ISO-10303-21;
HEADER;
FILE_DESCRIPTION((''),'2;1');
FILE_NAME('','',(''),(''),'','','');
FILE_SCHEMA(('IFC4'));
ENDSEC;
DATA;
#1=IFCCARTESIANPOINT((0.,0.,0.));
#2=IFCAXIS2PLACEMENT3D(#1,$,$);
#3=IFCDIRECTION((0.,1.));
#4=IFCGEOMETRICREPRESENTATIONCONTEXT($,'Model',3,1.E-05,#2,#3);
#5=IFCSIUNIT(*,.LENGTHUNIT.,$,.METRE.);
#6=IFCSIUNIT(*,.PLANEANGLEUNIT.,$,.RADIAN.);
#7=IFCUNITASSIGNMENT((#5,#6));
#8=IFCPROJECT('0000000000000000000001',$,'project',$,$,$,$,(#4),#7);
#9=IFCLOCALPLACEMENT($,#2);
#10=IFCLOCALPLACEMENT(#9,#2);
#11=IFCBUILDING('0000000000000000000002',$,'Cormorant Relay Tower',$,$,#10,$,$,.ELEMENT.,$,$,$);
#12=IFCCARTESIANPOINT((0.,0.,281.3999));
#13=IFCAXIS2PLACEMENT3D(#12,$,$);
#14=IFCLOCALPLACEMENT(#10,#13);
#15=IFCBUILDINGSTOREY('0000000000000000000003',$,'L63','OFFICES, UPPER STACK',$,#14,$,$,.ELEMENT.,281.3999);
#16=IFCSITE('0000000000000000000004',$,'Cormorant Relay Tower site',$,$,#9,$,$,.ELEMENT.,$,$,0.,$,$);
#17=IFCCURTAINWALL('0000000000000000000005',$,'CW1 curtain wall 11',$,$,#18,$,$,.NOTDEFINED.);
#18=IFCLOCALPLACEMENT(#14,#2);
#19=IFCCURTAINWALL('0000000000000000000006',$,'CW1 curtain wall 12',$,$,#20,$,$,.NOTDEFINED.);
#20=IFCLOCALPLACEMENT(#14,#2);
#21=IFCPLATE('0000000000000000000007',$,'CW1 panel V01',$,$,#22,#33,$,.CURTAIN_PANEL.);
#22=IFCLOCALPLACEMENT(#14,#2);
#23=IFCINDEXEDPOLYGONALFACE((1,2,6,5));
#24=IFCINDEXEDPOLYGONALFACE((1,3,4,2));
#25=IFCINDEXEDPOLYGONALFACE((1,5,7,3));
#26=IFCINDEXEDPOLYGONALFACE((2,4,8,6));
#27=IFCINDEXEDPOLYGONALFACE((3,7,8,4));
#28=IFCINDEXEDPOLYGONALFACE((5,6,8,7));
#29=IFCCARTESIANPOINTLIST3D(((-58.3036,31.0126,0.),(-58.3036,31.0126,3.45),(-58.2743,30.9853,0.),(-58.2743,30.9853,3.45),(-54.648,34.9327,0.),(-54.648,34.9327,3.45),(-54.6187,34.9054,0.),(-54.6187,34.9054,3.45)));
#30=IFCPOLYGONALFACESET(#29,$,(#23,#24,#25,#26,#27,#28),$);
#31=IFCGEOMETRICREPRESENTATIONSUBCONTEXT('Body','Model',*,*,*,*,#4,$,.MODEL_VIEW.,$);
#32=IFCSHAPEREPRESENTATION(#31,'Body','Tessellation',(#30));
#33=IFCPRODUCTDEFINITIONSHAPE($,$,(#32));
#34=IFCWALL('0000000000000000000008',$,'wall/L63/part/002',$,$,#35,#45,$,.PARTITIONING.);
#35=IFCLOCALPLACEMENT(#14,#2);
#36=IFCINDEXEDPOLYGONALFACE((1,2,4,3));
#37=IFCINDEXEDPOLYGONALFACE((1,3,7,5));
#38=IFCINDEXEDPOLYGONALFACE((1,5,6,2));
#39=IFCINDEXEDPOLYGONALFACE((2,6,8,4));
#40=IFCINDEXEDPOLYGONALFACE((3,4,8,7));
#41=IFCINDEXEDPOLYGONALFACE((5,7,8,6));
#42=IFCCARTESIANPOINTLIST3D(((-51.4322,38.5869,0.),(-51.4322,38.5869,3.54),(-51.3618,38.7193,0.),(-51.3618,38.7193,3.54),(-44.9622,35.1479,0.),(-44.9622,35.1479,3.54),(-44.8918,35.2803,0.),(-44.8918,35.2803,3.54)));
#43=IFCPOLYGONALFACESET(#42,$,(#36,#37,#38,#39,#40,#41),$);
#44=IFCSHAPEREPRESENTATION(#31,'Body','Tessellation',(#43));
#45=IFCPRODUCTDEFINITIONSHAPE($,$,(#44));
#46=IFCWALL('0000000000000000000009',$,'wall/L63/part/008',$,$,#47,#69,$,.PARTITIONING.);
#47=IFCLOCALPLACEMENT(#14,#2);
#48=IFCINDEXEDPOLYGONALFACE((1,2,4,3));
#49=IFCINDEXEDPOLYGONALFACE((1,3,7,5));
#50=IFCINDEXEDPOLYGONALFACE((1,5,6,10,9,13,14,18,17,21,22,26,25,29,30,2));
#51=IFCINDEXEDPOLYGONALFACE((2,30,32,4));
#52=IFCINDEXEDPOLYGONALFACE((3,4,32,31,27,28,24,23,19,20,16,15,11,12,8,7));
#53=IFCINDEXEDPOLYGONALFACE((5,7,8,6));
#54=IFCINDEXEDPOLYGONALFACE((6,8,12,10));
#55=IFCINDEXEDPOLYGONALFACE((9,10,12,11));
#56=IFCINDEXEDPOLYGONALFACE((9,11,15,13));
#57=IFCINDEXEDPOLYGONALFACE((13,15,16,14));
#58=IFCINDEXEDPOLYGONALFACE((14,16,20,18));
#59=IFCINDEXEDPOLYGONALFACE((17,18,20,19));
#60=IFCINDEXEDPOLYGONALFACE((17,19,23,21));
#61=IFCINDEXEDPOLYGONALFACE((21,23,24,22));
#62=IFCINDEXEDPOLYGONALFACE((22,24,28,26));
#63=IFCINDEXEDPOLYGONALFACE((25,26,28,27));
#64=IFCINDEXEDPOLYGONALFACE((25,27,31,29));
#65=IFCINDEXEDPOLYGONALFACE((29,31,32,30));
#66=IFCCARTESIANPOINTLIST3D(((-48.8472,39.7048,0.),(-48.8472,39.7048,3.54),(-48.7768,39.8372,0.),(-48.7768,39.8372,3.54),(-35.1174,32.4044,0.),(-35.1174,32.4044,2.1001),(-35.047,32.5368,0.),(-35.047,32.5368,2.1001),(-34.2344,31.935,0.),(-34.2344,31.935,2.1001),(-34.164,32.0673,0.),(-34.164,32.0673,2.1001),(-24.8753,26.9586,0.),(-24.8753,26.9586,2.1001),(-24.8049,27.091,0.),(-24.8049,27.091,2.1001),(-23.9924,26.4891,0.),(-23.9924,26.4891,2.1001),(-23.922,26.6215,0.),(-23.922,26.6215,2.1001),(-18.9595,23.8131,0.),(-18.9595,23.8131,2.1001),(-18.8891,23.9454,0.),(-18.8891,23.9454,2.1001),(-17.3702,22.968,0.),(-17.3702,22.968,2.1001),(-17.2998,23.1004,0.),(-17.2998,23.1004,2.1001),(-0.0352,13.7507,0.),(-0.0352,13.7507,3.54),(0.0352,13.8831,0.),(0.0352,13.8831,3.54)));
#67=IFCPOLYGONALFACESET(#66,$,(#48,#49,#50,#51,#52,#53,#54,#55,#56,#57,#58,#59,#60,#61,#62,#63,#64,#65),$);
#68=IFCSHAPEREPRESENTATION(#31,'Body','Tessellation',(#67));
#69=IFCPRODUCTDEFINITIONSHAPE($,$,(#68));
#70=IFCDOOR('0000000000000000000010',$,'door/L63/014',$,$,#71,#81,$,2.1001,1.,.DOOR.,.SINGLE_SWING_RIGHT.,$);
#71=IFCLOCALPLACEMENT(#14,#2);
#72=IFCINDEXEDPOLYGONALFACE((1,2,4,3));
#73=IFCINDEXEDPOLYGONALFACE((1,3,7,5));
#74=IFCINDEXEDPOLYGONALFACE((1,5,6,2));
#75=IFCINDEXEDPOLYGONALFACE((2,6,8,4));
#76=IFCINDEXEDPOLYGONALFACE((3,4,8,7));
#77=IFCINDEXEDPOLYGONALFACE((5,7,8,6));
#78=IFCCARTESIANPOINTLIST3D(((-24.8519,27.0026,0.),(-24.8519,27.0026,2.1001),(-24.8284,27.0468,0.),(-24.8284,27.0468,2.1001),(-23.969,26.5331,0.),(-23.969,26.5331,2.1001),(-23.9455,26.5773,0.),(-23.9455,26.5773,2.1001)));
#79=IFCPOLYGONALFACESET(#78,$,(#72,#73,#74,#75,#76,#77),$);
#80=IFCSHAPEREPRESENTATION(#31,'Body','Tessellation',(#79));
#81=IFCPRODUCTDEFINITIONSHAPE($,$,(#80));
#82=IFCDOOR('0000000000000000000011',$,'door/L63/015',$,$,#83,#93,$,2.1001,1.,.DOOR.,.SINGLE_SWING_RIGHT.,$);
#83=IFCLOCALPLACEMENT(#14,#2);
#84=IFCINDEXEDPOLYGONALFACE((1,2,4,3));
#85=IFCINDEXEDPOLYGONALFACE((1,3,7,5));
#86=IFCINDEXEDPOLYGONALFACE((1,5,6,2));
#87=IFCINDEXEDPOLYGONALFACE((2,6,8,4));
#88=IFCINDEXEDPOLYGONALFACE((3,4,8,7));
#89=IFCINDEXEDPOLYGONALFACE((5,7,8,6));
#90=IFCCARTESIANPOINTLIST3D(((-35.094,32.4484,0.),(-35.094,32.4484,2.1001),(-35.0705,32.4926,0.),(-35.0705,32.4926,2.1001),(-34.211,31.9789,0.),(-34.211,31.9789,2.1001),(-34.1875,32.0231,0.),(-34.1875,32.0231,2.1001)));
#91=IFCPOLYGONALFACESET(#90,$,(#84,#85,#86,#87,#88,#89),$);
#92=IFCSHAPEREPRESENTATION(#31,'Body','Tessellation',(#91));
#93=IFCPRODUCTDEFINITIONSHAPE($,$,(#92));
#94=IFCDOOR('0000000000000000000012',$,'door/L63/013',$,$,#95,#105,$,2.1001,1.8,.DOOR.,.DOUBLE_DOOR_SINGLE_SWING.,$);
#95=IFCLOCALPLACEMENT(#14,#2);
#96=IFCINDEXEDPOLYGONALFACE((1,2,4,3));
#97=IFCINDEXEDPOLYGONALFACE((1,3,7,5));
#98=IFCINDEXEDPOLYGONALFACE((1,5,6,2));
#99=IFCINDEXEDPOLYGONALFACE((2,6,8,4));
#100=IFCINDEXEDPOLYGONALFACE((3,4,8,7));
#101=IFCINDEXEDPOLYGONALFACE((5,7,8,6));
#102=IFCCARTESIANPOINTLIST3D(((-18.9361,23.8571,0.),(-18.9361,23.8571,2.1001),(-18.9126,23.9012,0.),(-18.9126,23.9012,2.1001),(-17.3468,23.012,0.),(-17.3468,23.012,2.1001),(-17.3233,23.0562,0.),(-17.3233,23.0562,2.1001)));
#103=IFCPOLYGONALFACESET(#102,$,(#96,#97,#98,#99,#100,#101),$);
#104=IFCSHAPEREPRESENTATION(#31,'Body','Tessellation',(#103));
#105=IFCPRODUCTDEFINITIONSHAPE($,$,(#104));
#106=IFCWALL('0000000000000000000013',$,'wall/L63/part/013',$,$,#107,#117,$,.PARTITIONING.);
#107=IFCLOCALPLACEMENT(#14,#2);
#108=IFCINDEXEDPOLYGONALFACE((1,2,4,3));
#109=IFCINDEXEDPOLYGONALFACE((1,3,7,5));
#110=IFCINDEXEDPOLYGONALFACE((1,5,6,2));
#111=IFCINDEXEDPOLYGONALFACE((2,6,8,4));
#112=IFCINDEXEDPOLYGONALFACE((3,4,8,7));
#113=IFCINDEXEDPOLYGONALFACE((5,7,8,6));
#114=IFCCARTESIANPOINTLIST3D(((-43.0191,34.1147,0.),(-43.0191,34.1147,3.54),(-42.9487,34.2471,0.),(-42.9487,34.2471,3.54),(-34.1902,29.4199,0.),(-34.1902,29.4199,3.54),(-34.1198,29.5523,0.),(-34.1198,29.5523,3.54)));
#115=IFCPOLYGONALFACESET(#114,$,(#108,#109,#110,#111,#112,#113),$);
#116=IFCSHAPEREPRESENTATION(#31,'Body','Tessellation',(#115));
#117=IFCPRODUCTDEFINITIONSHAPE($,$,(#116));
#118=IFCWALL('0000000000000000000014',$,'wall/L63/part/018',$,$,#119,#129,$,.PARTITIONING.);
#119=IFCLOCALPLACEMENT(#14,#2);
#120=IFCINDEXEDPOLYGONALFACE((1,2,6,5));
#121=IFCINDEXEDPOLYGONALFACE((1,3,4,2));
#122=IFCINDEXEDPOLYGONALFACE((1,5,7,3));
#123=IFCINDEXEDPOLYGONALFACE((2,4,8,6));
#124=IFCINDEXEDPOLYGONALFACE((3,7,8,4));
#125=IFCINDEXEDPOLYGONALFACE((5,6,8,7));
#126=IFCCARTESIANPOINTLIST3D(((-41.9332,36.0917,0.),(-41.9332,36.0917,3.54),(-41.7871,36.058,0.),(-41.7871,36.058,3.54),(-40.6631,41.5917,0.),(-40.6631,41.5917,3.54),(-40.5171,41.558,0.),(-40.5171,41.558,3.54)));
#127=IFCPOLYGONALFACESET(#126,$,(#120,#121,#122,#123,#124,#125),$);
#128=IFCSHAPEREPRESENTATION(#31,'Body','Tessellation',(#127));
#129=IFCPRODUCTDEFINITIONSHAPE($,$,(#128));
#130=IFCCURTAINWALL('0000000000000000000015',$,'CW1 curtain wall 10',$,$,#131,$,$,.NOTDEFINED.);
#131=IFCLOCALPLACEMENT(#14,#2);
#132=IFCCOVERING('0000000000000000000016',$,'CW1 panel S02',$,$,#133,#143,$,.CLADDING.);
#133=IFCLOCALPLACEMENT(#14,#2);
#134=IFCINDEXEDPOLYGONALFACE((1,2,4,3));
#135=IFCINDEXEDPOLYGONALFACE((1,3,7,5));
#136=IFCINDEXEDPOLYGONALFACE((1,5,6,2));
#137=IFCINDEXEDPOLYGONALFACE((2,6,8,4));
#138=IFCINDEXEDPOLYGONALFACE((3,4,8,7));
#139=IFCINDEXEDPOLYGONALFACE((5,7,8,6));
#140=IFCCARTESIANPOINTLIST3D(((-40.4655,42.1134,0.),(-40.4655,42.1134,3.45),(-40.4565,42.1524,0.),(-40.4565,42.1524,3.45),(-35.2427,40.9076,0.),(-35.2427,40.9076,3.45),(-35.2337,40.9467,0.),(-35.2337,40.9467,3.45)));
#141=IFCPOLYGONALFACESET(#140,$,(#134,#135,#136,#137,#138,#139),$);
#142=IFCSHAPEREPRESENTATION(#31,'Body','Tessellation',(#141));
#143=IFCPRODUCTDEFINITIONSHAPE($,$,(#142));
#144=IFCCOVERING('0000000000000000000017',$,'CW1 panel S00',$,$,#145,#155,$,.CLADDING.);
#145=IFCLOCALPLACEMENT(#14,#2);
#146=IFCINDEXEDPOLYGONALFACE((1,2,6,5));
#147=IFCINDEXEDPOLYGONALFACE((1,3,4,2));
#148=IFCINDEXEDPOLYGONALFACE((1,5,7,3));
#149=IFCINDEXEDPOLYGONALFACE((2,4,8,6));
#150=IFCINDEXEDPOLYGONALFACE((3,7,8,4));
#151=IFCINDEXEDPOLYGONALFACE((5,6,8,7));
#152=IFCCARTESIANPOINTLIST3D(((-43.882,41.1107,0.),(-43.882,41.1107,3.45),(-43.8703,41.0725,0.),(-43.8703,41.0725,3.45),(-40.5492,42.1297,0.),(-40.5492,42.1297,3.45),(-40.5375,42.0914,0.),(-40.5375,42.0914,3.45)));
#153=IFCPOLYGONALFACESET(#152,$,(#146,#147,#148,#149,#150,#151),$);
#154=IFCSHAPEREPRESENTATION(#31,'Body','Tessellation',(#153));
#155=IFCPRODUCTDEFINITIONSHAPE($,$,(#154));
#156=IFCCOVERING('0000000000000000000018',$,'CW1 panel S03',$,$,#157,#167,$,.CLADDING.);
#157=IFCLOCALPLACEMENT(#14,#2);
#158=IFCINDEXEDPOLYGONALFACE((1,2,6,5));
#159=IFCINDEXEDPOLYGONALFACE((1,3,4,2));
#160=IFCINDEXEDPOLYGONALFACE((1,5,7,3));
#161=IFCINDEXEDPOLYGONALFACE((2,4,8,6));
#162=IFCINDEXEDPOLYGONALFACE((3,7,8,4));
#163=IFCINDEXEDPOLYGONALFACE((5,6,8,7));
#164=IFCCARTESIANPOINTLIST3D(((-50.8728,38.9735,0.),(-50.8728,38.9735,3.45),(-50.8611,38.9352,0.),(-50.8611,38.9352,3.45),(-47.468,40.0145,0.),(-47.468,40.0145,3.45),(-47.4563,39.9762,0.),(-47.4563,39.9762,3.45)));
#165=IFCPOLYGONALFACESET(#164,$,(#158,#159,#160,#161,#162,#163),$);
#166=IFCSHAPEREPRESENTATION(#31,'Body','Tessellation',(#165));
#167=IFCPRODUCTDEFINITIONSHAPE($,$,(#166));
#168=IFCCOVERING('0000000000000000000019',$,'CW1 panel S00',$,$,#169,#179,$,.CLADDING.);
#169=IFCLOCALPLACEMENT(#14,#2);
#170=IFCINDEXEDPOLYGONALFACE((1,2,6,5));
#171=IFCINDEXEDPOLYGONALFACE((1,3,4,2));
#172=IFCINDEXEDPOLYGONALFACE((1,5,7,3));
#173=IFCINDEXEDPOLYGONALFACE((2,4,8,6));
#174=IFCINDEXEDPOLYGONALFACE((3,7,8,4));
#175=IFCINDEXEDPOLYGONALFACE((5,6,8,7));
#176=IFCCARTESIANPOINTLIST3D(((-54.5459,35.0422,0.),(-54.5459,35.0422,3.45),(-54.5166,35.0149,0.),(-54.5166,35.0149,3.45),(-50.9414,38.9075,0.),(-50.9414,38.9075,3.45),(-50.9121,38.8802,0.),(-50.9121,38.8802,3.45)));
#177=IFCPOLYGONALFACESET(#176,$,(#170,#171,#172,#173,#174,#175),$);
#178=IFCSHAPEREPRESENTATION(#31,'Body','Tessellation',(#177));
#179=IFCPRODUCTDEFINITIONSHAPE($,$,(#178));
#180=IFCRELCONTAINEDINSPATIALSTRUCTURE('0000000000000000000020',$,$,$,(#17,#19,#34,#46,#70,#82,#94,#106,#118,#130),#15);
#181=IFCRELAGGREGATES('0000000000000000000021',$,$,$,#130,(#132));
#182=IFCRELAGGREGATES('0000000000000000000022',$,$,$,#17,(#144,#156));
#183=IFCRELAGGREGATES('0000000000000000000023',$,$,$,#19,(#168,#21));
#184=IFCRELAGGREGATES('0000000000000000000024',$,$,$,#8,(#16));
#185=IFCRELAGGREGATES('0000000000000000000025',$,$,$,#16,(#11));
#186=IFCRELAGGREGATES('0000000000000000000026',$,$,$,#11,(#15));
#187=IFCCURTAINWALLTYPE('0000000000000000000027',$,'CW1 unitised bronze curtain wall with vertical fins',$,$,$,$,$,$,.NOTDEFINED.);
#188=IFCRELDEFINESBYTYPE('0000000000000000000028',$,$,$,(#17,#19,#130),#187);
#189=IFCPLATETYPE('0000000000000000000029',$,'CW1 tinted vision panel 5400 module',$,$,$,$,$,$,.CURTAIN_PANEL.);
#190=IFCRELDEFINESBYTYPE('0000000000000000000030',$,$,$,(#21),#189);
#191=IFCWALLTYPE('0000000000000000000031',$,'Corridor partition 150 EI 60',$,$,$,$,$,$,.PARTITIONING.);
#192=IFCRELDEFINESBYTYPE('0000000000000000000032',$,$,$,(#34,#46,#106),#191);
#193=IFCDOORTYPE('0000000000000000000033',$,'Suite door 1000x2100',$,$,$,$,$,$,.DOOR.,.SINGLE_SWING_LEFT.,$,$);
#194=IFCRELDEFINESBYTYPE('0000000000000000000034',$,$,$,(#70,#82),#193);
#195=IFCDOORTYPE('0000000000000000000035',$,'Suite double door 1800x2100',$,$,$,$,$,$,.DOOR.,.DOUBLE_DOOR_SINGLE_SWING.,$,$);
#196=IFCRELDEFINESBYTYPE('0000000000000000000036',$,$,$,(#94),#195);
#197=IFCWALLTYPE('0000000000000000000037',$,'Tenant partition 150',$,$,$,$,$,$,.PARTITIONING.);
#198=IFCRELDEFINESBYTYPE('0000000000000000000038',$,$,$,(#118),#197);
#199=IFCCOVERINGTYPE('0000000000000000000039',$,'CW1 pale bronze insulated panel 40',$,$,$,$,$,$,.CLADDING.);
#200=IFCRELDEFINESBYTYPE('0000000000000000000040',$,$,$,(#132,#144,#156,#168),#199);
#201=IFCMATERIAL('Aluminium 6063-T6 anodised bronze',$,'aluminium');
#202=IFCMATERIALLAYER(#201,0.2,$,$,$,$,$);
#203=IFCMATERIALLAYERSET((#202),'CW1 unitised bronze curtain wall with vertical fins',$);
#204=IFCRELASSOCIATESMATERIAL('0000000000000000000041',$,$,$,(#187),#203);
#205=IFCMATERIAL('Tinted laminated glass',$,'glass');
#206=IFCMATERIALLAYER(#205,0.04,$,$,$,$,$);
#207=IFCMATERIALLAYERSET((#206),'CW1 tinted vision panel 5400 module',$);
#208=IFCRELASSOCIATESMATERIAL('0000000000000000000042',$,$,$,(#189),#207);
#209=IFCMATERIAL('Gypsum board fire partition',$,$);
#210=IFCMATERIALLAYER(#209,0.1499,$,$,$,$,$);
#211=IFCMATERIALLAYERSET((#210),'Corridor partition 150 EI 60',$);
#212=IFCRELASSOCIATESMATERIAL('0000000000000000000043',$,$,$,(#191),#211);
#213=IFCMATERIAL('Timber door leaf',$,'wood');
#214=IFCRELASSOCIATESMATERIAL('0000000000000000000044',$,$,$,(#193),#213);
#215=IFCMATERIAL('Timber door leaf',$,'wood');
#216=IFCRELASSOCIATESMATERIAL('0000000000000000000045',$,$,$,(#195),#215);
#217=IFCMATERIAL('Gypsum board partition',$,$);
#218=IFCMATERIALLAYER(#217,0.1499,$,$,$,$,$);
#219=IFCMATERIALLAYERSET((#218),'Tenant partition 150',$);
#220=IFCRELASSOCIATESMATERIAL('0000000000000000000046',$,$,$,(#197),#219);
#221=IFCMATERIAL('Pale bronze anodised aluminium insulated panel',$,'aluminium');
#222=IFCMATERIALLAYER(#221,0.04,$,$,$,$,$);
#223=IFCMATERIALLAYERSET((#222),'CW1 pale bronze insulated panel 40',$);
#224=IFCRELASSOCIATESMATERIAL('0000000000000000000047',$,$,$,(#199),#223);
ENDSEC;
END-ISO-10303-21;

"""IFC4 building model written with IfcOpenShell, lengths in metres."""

from ifc_helpers import new_model, si_unit, direction, frame, frame_2d, origin, origin_2d, place, context, subcontext, project, spatial, rectangle, extrude, material, layer, layer_set, type_object, element, fill, aggregate, save


model = new_model("IFC4")

# Units and contexts
model_context = context("Model", 3, precision=1e-05, world=origin(), true_north=direction((0.0, 1.0)))
body_context = subcontext(model_context, "Body", "Model", "MODEL_VIEW")
ifc_project = project(units=[si_unit("LENGTHUNIT", "METRE"), si_unit("PLANEANGLEUNIT", "RADIAN")], contexts=[model_context])

# Site, building, storey
site_placement = place(None, origin())
site = spatial("IfcSite", under=ifc_project, at=site_placement, Name="Cormorant Relay Tower site", CompositionType="ELEMENT", RefElevation=0.0)
building_placement = place(site_placement, origin())
building = spatial("IfcBuilding", under=site, at=building_placement, Name="Cormorant Relay Tower", CompositionType="ELEMENT")
storey_placement = place(building_placement, frame((0.0, 0.0, 281.3999)))
storey = spatial("IfcBuildingStorey", under=building, at=storey_placement, Name="L63", Description="OFFICES, UPPER STACK", CompositionType="ELEMENT", Elevation=281.3999)

# Curtain walls
ifc_material_1 = material(Name="Aluminium 6063-T6 anodised bronze", Category="aluminium")
ifc_layer_1 = layer(ifc_material_1, 0.2)
ifc_layer_set_1 = layer_set([ifc_layer_1], Name="CW1 unitised bronze curtain wall with vertical fins")
curtain_wall_type = type_object("IfcCurtainWallType", Name="CW1 unitised bronze curtain wall with vertical fins", PredefinedType="NOTDEFINED", material=ifc_layer_set_1)
curtain_wall_1_placement = place(storey_placement, origin())
curtain_wall_1 = element("IfcCurtainWall", 1, at=curtain_wall_1_placement, inside=storey, type_object=curtain_wall_type, Name="CW1 curtain wall 11", PredefinedType="NOTDEFINED")
curtain_wall_2_placement = place(storey_placement, origin())
curtain_wall_2 = element("IfcCurtainWall", 2, at=curtain_wall_2_placement, inside=storey, type_object=curtain_wall_type, Name="CW1 curtain wall 12", PredefinedType="NOTDEFINED")

# Plate
ifc_material_2 = material(Name="Tinted laminated glass", Category="glass")
ifc_layer_2 = layer(ifc_material_2, 0.04)
ifc_layer_set_2 = layer_set([ifc_layer_2], Name="CW1 tinted vision panel 5400 module")
plate_type_1 = type_object("IfcPlateType", Name="CW1 tinted vision panel 5400 module", PredefinedType="CURTAIN_PANEL", material=ifc_layer_set_2)
plate_1_placement = place(storey_placement, frame((-56.4612, 32.959, 0.0), z_axis=(0.0, 0.0, 1.0), x_axis=(-0.681998, -0.731354, 0.0)))
plate_1 = element("IfcPlate", 3, at=plate_1_placement, type_object=plate_type_1, Name="CW1 panel V01", PredefinedType="CURTAIN_PANEL", context=body_context, shape_type="SweptSolid", body=[
    extrude(rectangle(XDim=5.3601, YDim=0.04, at=origin_2d()), origin(), (0.0, 0.0, 1.0), 3.45),
])

# Wall
ifc_material_3 = material(Name="Gypsum board fire partition")
ifc_layer_3 = layer(ifc_material_3, 0.1499)
ifc_layer_set_3 = layer_set([ifc_layer_3], Name="Corridor partition 150 EI 60")
wall_type_1 = type_object("IfcWallType", Name="Corridor partition 150 EI 60", PredefinedType="PARTITIONING", material=ifc_layer_set_3)
wall_1_placement = place(storey_placement, frame((-44.927, 35.2141, 0.0), z_axis=(0.0, 0.0, 1.0), x_axis=(-0.883014, 0.469346, 0.0)))
element("IfcWall", 4, at=wall_1_placement, inside=storey, type_object=wall_type_1, Name="wall/L63/part/002", PredefinedType="PARTITIONING", context=body_context, shape_type="SweptSolid", body=[
    extrude(rectangle(XDim=7.3271, YDim=0.1499, at=frame_2d((3.6636, 0.0))), origin(), (0.0, 0.0, 1.0), 3.54),
])

# Wall, openings, doors
wall_2_placement = place(storey_placement, frame((-48.812, 39.771, 0.0), z_axis=(0.0, 0.0, 1.0), x_axis=(0.882945, -0.469476, 0.0)))
wall_2 = element("IfcWall", 5, at=wall_2_placement, inside=storey, type_object=wall_type_1, Name="wall/L63/part/008", PredefinedType="PARTITIONING", context=body_context, shape_type="SweptSolid", body=[
    extrude(rectangle(XDim=55.2832, YDim=0.1499, at=frame_2d((27.6416, 0.0))), origin(), (0.0, 0.0, 1.0), 3.54),
])
opening_1_placement = place(wall_2_placement, frame((33.8501, 0.0, 0.0)))
opening_1 = element("IfcOpeningElement", 6, at=opening_1_placement, cuts=wall_2, PredefinedType="OPENING", context=body_context, shape_type="SweptSolid", body=[
    extrude(rectangle(XDim=1.8, YDim=2.1001, at=frame_2d((0.8999, 1.05))), frame((0.0, 0.085, 0.0), z_axis=(0.0, -1.0, 0.0), x_axis=(1.0, 0.0, 0.0)), (0.0, 0.0, 1.0), 0.1699),
])
opening_2_placement = place(wall_2_placement, frame((27.1499, 0.0, 0.0)))
opening_2 = element("IfcOpeningElement", 7, at=opening_2_placement, cuts=wall_2, PredefinedType="OPENING", context=body_context, shape_type="SweptSolid", body=[
    extrude(rectangle(XDim=1.0, YDim=2.1001, at=frame_2d((0.5, 1.05))), frame((0.0, 0.085, 0.0), z_axis=(0.0, -1.0, 0.0), x_axis=(1.0, 0.0, 0.0)), (0.0, 0.0, 1.0), 0.1699),
])
opening_3_placement = place(wall_2_placement, frame((15.55, 0.0, 0.0)))
opening_3 = element("IfcOpeningElement", 8, at=opening_3_placement, cuts=wall_2, PredefinedType="OPENING", context=body_context, shape_type="SweptSolid", body=[
    extrude(rectangle(XDim=1.0, YDim=2.1001, at=frame_2d((0.5, 1.05))), frame((0.0, 0.085, 0.0), z_axis=(0.0, -1.0, 0.0), x_axis=(1.0, 0.0, 0.0)), (0.0, 0.0, 1.0), 0.1699),
])
ifc_material_4 = material(Name="Timber door leaf", Category="wood")
door_type_1 = type_object("IfcDoorType", Name="Suite door 1000x2100", OperationType="SINGLE_SWING_LEFT", PredefinedType="DOOR", material=ifc_material_4)
door_1_placement = place(opening_2_placement, origin())
door_1 = element("IfcDoor", 9, at=door_1_placement, inside=storey, type_object=door_type_1, Name="door/L63/014", OperationType="SINGLE_SWING_RIGHT", OverallHeight=2.1001, OverallWidth=1.0, PredefinedType="DOOR", context=body_context, shape_type="SweptSolid", body=[
    extrude(rectangle(XDim=1.0, YDim=2.1001, at=frame_2d((0.5, 1.05))), frame((0.0, 0.0249, 0.0), z_axis=(0.0, -1.0, 0.0), x_axis=(1.0, 0.0, 0.0)), (0.0, 0.0, 1.0), 0.05),
])
fill(opening_2, door_1)
door_2_placement = place(opening_3_placement, origin())
door_2 = element("IfcDoor", 10, at=door_2_placement, inside=storey, type_object=door_type_1, Name="door/L63/015", OperationType="SINGLE_SWING_RIGHT", OverallHeight=2.1001, OverallWidth=1.0, PredefinedType="DOOR", context=body_context, shape_type="SweptSolid", body=[
    extrude(rectangle(XDim=1.0, YDim=2.1001, at=frame_2d((0.5, 1.05))), frame((0.0, 0.0249, 0.0), z_axis=(0.0, -1.0, 0.0), x_axis=(1.0, 0.0, 0.0)), (0.0, 0.0, 1.0), 0.05),
])
fill(opening_3, door_2)
ifc_material_5 = material(Name="Timber door leaf", Category="wood")
door_type_2 = type_object("IfcDoorType", Name="Suite double door 1800x2100", OperationType="DOUBLE_DOOR_SINGLE_SWING", PredefinedType="DOOR", material=ifc_material_5)
door_3_placement = place(opening_1_placement, origin())
door_3 = element("IfcDoor", 11, at=door_3_placement, inside=storey, type_object=door_type_2, Name="door/L63/013", OperationType="DOUBLE_DOOR_SINGLE_SWING", OverallHeight=2.1001, OverallWidth=1.8, PredefinedType="DOOR", context=body_context, shape_type="SweptSolid", body=[
    extrude(rectangle(XDim=1.8, YDim=2.1001, at=frame_2d((0.8999, 1.05))), frame((0.0, 0.0249, 0.0), z_axis=(0.0, -1.0, 0.0), x_axis=(1.0, 0.0, 0.0)), (0.0, 0.0, 1.0), 0.05),
])
fill(opening_1, door_3)

# Walls
wall_3_placement = place(storey_placement, frame((-42.9839, 34.1809, 0.0), z_axis=(0.0, 0.0, 1.0), x_axis=(0.882929, -0.469506, 0.0)))
element("IfcWall", 12, at=wall_3_placement, inside=storey, type_object=wall_type_1, Name="wall/L63/part/013", PredefinedType="PARTITIONING", context=body_context, shape_type="SweptSolid", body=[
    extrude(rectangle(XDim=9.9995, YDim=0.1499, at=frame_2d((4.9998, 0.0))), origin(), (0.0, 0.0, 1.0), 3.54),
])
ifc_material_6 = material(Name="Gypsum board partition")
ifc_layer_4 = layer(ifc_material_6, 0.1499)
ifc_layer_set_4 = layer_set([ifc_layer_4], Name="Tenant partition 150")
wall_type_2 = type_object("IfcWallType", Name="Tenant partition 150", PredefinedType="PARTITIONING", material=ifc_layer_set_4)
wall_4_placement = place(storey_placement, frame((-41.8601, 36.075, 0.0), z_axis=(0.0, 0.0, 1.0), x_axis=(0.224992, 0.974361, 0.0)))
element("IfcWall", 13, at=wall_4_placement, inside=storey, type_object=wall_type_2, Name="wall/L63/part/018", PredefinedType="PARTITIONING", context=body_context, shape_type="SweptSolid", body=[
    extrude(rectangle(XDim=5.6448, YDim=0.1499, at=frame_2d((2.8223, 0.0))), origin(), (0.0, 0.0, 1.0), 3.54),
])

# Curtain wall, covering
curtain_wall_3_placement = place(storey_placement, origin())
curtain_wall_3 = element("IfcCurtainWall", 14, at=curtain_wall_3_placement, inside=storey, type_object=curtain_wall_type, Name="CW1 curtain wall 10", PredefinedType="NOTDEFINED")
ifc_material_7 = material(Name="Pale bronze anodised aluminium insulated panel", Category="aluminium")
ifc_layer_5 = layer(ifc_material_7, 0.04)
ifc_layer_set_5 = layer_set([ifc_layer_5], Name="CW1 pale bronze insulated panel 40")
covering_type = type_object("IfcCoveringType", Name="CW1 pale bronze insulated panel 40", PredefinedType="CLADDING", material=ifc_layer_set_5)
covering_1_placement = place(storey_placement, frame((-37.8496, 41.53, 0.0), z_axis=(0.0, 0.0, 1.0), x_axis=(-0.97437, 0.224951, 0.0)))
covering_1 = element("IfcCovering", 15, at=covering_1_placement, type_object=covering_type, Name="CW1 panel S02", PredefinedType="CLADDING", context=body_context, shape_type="SweptSolid", body=[
    extrude(rectangle(XDim=5.3601, YDim=0.04, at=origin_2d()), origin(), (0.0, 0.0, 1.0), 3.45),
])
aggregate(curtain_wall_3, [covering_1])

# Coverings
covering_2_placement = place(storey_placement, frame((-42.2097, 41.6011, 0.0), z_axis=(0.0, 0.0, 1.0), x_axis=(-0.956305, -0.292372, 0.0)))
covering_2 = element("IfcCovering", 16, at=covering_2_placement, type_object=covering_type, Name="CW1 panel S00", PredefinedType="CLADDING", context=body_context, shape_type="SweptSolid", body=[
    extrude(rectangle(XDim=3.4851, YDim=0.04, at=origin_2d()), origin(), (0.0, 0.0, 1.0), 3.45),
])
covering_3_placement = place(storey_placement, frame((-49.1646, 39.4749, 0.0), z_axis=(0.0, 0.0, 1.0), x_axis=(-0.956305, -0.292372, 0.0)))
covering_3 = element("IfcCovering", 17, at=covering_3_placement, type_object=covering_type, Name="CW1 panel S03", PredefinedType="CLADDING", context=body_context, shape_type="SweptSolid", body=[
    extrude(rectangle(XDim=3.5603, YDim=0.04, at=origin_2d()), origin(), (0.0, 0.0, 1.0), 3.45),
])
aggregate(curtain_wall_1, [covering_2, covering_3])
covering_4_placement = place(storey_placement, frame((-52.729, 36.9612, 0.0), z_axis=(0.0, 0.0, 1.0), x_axis=(-0.681998, -0.731354, 0.0)))
covering_4 = element("IfcCovering", 18, at=covering_4_placement, type_object=covering_type, Name="CW1 panel S00", PredefinedType="CLADDING", context=body_context, shape_type="SweptSolid", body=[
    extrude(rectangle(XDim=5.2852, YDim=0.04, at=origin_2d()), origin(), (0.0, 0.0, 1.0), 3.45),
])
aggregate(curtain_wall_2, [covering_4, plate_1])

save(model, "model.ifc")
